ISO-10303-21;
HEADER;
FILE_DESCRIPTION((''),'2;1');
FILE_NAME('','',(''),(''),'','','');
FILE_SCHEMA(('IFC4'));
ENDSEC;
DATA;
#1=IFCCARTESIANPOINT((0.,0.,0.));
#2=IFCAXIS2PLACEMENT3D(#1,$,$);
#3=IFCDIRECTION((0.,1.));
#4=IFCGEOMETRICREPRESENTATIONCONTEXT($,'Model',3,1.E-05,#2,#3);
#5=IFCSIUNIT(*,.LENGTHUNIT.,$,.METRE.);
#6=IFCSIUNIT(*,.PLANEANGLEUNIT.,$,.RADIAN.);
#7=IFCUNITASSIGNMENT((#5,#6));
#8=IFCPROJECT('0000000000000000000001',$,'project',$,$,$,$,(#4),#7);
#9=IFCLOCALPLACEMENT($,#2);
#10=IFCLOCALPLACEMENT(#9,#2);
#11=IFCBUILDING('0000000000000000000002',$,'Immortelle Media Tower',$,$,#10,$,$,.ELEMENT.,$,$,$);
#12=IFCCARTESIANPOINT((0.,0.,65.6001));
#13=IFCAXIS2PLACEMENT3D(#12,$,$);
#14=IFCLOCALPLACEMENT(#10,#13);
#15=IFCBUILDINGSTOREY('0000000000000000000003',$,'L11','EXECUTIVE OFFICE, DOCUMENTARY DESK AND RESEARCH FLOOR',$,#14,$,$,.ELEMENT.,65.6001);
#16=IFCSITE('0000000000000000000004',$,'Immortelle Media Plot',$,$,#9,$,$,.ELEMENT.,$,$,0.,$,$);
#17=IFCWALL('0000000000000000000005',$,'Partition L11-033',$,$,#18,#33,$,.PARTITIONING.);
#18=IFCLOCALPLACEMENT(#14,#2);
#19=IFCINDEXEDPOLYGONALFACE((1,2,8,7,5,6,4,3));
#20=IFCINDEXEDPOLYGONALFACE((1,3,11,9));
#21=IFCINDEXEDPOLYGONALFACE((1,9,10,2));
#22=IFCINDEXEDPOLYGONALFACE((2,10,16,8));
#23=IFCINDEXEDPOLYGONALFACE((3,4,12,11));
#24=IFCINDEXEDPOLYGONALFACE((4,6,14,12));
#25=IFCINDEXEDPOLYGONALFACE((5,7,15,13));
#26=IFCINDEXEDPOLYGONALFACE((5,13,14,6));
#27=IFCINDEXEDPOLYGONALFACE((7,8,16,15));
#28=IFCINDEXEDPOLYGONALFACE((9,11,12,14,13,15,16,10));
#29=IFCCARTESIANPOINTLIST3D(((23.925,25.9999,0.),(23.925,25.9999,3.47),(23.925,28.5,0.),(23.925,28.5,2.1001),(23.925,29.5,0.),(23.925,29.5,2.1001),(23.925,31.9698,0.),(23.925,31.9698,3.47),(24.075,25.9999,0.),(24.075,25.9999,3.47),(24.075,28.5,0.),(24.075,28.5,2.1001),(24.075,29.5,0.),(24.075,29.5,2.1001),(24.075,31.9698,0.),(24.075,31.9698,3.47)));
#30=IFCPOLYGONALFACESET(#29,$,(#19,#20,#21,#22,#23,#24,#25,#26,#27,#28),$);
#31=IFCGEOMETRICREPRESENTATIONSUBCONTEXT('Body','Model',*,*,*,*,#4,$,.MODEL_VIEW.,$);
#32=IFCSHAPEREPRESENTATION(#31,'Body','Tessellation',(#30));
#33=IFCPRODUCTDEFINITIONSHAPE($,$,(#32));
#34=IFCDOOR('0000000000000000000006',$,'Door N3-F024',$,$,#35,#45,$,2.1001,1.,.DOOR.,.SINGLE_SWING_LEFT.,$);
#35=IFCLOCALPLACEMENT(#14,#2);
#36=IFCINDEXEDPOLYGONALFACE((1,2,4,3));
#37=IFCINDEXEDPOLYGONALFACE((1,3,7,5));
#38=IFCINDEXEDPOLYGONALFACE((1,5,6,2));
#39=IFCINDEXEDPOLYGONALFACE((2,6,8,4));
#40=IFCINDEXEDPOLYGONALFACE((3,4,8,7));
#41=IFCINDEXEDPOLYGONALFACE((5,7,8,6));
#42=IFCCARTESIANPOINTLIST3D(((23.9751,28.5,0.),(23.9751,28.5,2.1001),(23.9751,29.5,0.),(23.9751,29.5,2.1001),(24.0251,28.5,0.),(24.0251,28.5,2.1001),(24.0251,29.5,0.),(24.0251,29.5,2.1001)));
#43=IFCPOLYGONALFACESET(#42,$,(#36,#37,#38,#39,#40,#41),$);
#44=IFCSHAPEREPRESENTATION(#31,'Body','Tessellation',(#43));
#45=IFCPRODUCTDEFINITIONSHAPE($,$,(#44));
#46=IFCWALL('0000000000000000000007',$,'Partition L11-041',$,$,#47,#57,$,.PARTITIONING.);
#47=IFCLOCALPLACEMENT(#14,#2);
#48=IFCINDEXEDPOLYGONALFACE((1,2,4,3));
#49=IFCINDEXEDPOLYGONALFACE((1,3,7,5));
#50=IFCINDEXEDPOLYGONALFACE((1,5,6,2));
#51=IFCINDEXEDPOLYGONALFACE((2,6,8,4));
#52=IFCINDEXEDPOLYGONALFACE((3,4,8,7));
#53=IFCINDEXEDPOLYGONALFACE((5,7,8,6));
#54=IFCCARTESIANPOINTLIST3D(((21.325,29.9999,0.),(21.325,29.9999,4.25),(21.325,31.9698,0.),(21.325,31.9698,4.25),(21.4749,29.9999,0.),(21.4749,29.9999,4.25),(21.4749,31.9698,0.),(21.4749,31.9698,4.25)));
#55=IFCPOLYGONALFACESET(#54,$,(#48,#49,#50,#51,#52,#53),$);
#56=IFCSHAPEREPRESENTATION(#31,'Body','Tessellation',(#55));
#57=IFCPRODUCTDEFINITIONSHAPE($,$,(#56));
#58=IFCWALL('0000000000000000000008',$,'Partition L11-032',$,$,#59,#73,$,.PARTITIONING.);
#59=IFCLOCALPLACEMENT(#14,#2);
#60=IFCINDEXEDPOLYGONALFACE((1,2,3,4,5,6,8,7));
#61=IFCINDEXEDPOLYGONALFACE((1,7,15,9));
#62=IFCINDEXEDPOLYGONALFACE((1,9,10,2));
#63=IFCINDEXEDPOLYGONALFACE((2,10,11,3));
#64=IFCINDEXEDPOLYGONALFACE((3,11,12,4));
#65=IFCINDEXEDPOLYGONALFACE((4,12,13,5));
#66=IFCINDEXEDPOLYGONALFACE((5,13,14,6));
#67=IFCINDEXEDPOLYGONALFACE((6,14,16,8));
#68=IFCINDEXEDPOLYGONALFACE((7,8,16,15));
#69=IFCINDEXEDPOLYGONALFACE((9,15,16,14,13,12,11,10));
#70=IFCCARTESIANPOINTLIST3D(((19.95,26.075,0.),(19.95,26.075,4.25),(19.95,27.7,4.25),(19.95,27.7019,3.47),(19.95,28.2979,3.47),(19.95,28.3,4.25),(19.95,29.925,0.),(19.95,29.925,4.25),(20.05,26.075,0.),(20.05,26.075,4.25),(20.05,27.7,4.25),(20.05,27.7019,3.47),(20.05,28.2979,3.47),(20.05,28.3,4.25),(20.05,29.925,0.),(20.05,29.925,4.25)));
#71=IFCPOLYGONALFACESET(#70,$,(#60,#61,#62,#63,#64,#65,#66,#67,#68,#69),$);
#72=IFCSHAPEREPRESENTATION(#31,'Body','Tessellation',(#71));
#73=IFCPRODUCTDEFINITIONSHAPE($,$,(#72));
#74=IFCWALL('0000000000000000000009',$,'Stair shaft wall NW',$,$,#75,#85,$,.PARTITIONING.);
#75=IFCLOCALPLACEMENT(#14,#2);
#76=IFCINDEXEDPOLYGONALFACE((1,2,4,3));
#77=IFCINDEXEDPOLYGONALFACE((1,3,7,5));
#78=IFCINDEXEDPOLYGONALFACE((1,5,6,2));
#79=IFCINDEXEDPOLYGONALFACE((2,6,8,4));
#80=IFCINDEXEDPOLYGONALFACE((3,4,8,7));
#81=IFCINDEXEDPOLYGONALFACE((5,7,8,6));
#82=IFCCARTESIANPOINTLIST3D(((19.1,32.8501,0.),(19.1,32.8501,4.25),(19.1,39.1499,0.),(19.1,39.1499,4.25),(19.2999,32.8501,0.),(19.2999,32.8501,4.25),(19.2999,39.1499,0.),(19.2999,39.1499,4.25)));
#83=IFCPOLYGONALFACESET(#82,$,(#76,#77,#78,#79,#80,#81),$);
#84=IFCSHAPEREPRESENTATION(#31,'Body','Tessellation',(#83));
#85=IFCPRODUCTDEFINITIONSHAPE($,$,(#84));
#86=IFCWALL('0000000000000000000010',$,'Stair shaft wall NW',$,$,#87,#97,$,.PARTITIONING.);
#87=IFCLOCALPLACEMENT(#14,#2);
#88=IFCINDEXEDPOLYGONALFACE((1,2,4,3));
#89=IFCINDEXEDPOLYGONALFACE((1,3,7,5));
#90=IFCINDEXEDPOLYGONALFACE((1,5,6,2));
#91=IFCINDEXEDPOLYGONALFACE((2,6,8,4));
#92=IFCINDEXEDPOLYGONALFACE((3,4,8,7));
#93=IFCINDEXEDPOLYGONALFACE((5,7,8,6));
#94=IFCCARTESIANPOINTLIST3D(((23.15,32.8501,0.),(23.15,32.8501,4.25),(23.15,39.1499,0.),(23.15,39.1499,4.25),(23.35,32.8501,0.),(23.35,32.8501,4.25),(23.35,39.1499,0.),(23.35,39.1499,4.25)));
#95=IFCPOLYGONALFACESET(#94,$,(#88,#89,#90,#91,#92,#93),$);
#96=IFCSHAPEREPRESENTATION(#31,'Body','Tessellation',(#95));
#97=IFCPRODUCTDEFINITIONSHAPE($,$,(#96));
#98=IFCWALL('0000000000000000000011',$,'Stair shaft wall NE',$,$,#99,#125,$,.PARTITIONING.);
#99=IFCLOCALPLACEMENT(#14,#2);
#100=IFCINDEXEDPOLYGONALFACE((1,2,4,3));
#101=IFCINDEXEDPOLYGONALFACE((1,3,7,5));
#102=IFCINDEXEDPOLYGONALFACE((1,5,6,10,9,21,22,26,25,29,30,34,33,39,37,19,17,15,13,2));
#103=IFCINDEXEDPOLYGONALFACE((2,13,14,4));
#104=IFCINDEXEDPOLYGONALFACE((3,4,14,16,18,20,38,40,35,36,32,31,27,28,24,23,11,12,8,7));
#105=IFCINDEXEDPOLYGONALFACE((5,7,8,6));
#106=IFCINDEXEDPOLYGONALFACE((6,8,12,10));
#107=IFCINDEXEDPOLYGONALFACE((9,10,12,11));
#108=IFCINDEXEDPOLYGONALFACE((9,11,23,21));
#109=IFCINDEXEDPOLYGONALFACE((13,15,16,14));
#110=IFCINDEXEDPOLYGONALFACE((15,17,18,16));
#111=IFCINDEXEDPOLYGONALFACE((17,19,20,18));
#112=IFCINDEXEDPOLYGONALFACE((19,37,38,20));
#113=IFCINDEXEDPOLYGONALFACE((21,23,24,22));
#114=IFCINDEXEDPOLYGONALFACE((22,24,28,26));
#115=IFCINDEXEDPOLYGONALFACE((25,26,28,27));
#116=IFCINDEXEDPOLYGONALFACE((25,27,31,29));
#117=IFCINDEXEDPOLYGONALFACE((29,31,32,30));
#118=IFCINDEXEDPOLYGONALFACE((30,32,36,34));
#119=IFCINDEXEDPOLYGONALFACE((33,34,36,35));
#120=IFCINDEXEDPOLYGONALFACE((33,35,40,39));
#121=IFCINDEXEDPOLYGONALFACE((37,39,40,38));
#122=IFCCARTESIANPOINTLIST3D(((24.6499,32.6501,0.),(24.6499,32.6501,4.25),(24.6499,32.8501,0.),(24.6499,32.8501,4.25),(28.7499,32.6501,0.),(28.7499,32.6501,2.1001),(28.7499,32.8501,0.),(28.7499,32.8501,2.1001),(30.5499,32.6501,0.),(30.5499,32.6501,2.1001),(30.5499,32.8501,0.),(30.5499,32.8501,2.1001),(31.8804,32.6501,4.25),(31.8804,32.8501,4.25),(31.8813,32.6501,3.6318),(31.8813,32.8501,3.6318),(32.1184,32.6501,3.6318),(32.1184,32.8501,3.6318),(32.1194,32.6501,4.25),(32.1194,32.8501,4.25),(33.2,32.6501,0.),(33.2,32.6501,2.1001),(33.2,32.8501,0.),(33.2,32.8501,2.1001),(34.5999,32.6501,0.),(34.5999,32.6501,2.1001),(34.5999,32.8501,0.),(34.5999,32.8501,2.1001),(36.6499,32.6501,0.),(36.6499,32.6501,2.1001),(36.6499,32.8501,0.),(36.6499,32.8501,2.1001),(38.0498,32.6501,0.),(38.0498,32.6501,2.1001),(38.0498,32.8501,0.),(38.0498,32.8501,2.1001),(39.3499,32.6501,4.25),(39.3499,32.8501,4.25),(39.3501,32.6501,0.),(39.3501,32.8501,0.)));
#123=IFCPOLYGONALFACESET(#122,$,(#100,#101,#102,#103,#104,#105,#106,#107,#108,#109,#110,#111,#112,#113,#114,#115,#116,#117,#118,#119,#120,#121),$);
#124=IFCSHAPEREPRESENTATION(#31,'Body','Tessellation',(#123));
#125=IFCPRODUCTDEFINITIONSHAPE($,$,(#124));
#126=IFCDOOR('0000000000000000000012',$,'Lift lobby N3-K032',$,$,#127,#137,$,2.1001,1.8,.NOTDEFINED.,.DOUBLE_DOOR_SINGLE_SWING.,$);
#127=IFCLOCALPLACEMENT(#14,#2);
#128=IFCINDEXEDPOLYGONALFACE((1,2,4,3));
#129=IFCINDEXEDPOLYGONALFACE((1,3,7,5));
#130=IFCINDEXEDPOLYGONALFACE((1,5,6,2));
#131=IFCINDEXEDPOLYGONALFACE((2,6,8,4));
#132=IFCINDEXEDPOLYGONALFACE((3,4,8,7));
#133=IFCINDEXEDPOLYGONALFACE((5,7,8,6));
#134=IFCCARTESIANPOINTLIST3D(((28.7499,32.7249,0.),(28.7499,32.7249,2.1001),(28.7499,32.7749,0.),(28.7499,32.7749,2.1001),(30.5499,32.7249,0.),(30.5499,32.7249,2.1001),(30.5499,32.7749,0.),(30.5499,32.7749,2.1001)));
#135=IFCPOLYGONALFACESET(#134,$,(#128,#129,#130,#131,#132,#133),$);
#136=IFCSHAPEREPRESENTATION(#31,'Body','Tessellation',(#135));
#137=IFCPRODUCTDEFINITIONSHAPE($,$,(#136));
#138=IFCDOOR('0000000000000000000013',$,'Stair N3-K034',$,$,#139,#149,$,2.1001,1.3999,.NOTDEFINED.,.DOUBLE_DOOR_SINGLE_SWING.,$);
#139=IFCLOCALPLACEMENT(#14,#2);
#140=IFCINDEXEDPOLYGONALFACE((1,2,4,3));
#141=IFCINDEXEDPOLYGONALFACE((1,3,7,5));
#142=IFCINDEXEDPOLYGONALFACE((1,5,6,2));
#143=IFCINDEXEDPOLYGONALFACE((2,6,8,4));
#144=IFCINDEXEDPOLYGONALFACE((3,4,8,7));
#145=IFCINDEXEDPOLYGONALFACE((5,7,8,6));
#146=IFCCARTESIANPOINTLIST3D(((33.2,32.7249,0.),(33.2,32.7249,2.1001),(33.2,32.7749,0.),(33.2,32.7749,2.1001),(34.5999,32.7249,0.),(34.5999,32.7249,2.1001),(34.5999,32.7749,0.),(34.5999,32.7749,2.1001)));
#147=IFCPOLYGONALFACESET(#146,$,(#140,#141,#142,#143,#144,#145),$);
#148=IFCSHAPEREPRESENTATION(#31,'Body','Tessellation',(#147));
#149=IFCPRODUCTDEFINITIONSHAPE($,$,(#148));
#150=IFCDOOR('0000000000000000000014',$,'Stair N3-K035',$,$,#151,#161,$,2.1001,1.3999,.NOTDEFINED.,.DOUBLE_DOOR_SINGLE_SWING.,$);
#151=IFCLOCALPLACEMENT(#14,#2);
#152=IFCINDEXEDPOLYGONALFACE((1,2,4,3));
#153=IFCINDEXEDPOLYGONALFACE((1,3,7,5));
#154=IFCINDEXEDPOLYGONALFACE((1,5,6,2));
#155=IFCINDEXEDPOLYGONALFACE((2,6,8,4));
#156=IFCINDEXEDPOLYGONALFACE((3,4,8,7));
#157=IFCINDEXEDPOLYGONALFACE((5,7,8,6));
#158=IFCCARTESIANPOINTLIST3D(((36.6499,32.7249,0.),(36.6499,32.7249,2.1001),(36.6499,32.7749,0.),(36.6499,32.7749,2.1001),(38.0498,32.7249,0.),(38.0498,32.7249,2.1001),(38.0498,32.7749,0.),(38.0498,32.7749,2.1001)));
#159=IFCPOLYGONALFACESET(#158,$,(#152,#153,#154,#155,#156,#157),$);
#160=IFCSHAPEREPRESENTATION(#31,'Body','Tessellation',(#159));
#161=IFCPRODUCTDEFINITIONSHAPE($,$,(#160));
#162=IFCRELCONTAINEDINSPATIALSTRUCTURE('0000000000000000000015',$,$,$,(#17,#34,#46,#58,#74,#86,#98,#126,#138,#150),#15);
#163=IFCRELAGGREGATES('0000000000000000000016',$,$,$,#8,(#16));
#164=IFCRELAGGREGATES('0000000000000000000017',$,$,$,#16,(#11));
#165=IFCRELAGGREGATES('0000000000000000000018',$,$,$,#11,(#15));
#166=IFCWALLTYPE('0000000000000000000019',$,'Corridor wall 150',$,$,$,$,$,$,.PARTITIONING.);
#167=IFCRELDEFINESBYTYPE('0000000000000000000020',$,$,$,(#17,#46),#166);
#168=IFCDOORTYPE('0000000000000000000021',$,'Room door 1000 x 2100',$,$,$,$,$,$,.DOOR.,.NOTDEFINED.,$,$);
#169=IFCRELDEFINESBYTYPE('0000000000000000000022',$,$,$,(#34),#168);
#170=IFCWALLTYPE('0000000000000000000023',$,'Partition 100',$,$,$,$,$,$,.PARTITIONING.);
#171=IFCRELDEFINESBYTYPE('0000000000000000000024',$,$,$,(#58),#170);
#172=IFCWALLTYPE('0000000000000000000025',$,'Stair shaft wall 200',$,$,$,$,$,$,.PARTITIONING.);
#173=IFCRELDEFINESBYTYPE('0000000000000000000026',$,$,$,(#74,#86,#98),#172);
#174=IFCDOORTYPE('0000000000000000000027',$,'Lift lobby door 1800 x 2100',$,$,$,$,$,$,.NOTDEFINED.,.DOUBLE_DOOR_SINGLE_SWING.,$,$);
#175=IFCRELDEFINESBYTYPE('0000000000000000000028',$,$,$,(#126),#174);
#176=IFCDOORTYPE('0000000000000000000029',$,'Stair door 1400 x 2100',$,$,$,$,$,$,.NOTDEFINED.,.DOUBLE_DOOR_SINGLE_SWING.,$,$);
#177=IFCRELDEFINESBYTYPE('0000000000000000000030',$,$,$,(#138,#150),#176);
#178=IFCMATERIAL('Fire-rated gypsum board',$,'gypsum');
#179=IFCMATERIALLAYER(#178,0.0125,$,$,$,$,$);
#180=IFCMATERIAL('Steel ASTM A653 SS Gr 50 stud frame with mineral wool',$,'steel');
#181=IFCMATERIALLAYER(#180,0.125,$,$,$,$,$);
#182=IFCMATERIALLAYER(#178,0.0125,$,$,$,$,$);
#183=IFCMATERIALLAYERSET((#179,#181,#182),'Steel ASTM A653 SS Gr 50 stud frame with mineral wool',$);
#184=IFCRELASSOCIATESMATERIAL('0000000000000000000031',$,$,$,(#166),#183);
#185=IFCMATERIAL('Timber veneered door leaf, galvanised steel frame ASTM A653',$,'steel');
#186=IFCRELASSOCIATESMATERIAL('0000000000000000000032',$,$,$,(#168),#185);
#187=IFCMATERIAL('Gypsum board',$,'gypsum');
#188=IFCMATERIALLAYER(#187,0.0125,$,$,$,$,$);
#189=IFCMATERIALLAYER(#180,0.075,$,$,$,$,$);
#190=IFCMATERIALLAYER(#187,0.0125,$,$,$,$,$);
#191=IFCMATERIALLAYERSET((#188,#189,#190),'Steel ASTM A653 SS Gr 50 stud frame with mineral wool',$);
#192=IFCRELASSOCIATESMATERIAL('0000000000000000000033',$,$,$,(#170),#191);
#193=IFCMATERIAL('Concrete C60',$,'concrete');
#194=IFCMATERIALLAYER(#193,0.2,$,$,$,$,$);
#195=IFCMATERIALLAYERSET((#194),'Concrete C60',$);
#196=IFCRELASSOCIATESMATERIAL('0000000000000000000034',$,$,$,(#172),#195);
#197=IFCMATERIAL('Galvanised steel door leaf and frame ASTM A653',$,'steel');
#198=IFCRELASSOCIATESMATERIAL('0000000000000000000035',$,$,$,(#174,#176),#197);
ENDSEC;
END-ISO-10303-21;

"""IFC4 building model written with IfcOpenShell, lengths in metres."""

from ifc_helpers import new_model, si_unit, direction, frame, frame_2d, origin, place, context, subcontext, project, spatial, polyline, rectangle, outline, extrude, material, layer, layer_set, type_object, element, fill, save


model = new_model("IFC4")

# Units and contexts
model_context = context("Model", 3, precision=1e-05, world=origin(), true_north=direction((0.0, 1.0)))
body_context = subcontext(model_context, "Body", "Model", "MODEL_VIEW")
ifc_project = project(units=[si_unit("LENGTHUNIT", "METRE"), si_unit("PLANEANGLEUNIT", "RADIAN")], contexts=[model_context])

# Site, building, storey
site_placement = place(None, origin())
site = spatial("IfcSite", under=ifc_project, at=site_placement, Name="Immortelle Media Plot", CompositionType="ELEMENT", RefElevation=0.0)
building_placement = place(site_placement, origin())
building = spatial("IfcBuilding", under=site, at=building_placement, Name="Immortelle Media Tower", CompositionType="ELEMENT")
storey_placement = place(building_placement, frame((0.0, 0.0, 65.6001)))
storey = spatial("IfcBuildingStorey", under=building, at=storey_placement, Name="L11", Description="EXECUTIVE OFFICE, DOCUMENTARY DESK AND RESEARCH FLOOR", CompositionType="ELEMENT", Elevation=65.6001)

# Shared definitions
ifc_material_1 = material(Name="Fire-rated gypsum board", Category="gypsum")
ifc_material_2 = material(Name="Steel ASTM A653 SS Gr 50 stud frame with mineral wool", Category="steel")

# Wall, opening, door
ifc_layer_1 = layer(ifc_material_1, 0.0125)
ifc_layer_2 = layer(ifc_material_2, 0.125)
ifc_layer_3 = layer(ifc_material_1, 0.0125)
ifc_layer_set_1 = layer_set([ifc_layer_1, ifc_layer_2, ifc_layer_3], Name="Steel ASTM A653 SS Gr 50 stud frame with mineral wool")
wall_type_1 = type_object("IfcWallType", Name="Corridor wall 150", PredefinedType="PARTITIONING", material=ifc_layer_set_1)
wall_1_placement = place(storey_placement, frame((24.0, 26.0, 0.0), z_axis=(0.0, 0.0, 1.0), x_axis=(0.0, 1.0, 0.0)))
wall_1 = element("IfcWall", 1, at=wall_1_placement, inside=storey, type_object=wall_type_1, Name="Partition L11-033", PredefinedType="PARTITIONING", context=body_context, shape_type="SweptSolid", body=[
    extrude(rectangle(XDim=5.97, YDim=0.1499, at=frame_2d((2.9849, 0.0))), origin(), (0.0, 0.0, 1.0), 3.47),
])
opening_1_placement = place(wall_1_placement, frame((2.5, 0.0, 0.0)))
opening_1 = element("IfcOpeningElement", 2, at=opening_1_placement, cuts=wall_1, PredefinedType="OPENING", context=body_context, shape_type="SweptSolid", body=[
    extrude(rectangle(XDim=1.0, YDim=2.1001, at=frame_2d((0.5, 1.05))), frame((0.0, 0.085, 0.0), z_axis=(0.0, -1.0, 0.0), x_axis=(1.0, 0.0, 0.0)), (0.0, 0.0, 1.0), 0.1699),
])
ifc_material_3 = material(Name="Timber veneered door leaf, galvanised steel frame ASTM A653", Category="steel")
door_type_1 = type_object("IfcDoorType", Name="Room door 1000 x 2100", OperationType="NOTDEFINED", PredefinedType="DOOR", material=ifc_material_3)
door_1_placement = place(opening_1_placement, origin())
door_1 = element("IfcDoor", 3, at=door_1_placement, inside=storey, type_object=door_type_1, Name="Door N3-F024", OperationType="SINGLE_SWING_LEFT", OverallHeight=2.1001, OverallWidth=1.0, PredefinedType="DOOR", context=body_context, shape_type="SweptSolid", body=[
    extrude(rectangle(XDim=1.0, YDim=2.1001, at=frame_2d((0.5, 1.05))), frame((0.0, 0.0249, 0.0), z_axis=(0.0, -1.0, 0.0), x_axis=(1.0, 0.0, 0.0)), (0.0, 0.0, 1.0), 0.05),
])
fill(opening_1, door_1)

# Walls
wall_2_placement = place(storey_placement, frame((21.3999, 30.0, 0.0), z_axis=(0.0, 0.0, 1.0), x_axis=(0.0, 1.0, 0.0)))
element("IfcWall", 4, at=wall_2_placement, inside=storey, type_object=wall_type_1, Name="Partition L11-041", PredefinedType="PARTITIONING", context=body_context, shape_type="SweptSolid", body=[
    extrude(rectangle(XDim=1.97, YDim=0.1499, at=frame_2d((0.9849, 0.0))), origin(), (0.0, 0.0, 1.0), 4.25),
])
ifc_material_4 = material(Name="Gypsum board", Category="gypsum")
ifc_layer_4 = layer(ifc_material_4, 0.0125)
ifc_layer_5 = layer(ifc_material_2, 0.075)
ifc_layer_6 = layer(ifc_material_4, 0.0125)
ifc_layer_set_2 = layer_set([ifc_layer_4, ifc_layer_5, ifc_layer_6], Name="Steel ASTM A653 SS Gr 50 stud frame with mineral wool")
wall_type_2 = type_object("IfcWallType", Name="Partition 100", PredefinedType="PARTITIONING", material=ifc_layer_set_2)
wall_3_placement = place(storey_placement, frame((20.0, 26.075, 0.0), z_axis=(0.0, 0.0, 1.0), x_axis=(0.0, 1.0, 0.0)))
element("IfcWall", 5, at=wall_3_placement, inside=storey, type_object=wall_type_2, Name="Partition L11-032", PredefinedType="PARTITIONING", context=body_context, shape_type="SweptSolid", body=[
    extrude(outline(polyline([(0.0, 0.0), (3.8501, 0.0), (3.8501, 4.25), (2.2251, 4.25), (2.2229, 3.47), (1.627, 3.47), (1.625, 4.25), (0.0, 4.25), (0.0, 0.0)])), frame((0.0, 0.05, 0.0), z_axis=(0.0, -1.0, 0.0), x_axis=(1.0, 0.0, 0.0)), (0.0, 0.0, 1.0), 0.1001),
])
ifc_material_5 = material(Name="Concrete C60", Category="concrete")
ifc_layer_7 = layer(ifc_material_5, 0.2)
ifc_layer_set_3 = layer_set([ifc_layer_7], Name="Concrete C60")
wall_type_3 = type_object("IfcWallType", Name="Stair shaft wall 200", PredefinedType="PARTITIONING", material=ifc_layer_set_3)
for number, where, z_axis, x_axis, name in (
    (6, (19.2, 32.8501, 0.0), (0.0, 0.0, 1.0), (0.0, 1.0, 0.0), "Stair shaft wall NW"),
    (7, (23.25, 32.8501, 0.0), (0.0, 0.0, 1.0), (0.0, 1.0, 0.0), "Stair shaft wall NW"),
):
    element("IfcWall", number, at=place(storey_placement, frame(where, z_axis=z_axis, x_axis=x_axis)), inside=storey, type_object=wall_type_3, Name=name, PredefinedType="PARTITIONING", context=body_context, shape_type="SweptSolid", body=[
        extrude(rectangle(XDim=6.2998, YDim=0.2, at=frame_2d((3.1499, 0.0))), origin(), (0.0, 0.0, 1.0), 4.25),
    ])

# Wall, openings, doors
wall_4_placement = place(storey_placement, frame((24.6499, 32.75, 0.0), z_axis=(0.0, 0.0, 1.0), x_axis=(1.0, 0.0, 0.0)))
wall_4 = element("IfcWall", 8, at=wall_4_placement, inside=storey, type_object=wall_type_3, Name="Stair shaft wall NE", PredefinedType="PARTITIONING", context=body_context, shape_type="SweptSolid", body=[
    extrude(outline(polyline([(0.0, 0.0), (14.7002, 0.0), (14.7, 4.25), (7.4695, 4.25), (7.4685, 3.6318), (7.2314, 3.6318), (7.2305, 4.25), (0.0, 4.25), (0.0, 0.0)])), frame((0.0, 0.1001, 0.0), z_axis=(0.0, -1.0, 0.0), x_axis=(1.0, 0.0, 0.0)), (0.0, 0.0, 1.0), 0.2),
])
opening_2_placement = place(wall_4_placement, frame((4.1001, 0.0, 0.0)))
opening_2 = element("IfcOpeningElement", 9, at=opening_2_placement, cuts=wall_4, PredefinedType="OPENING", context=body_context, shape_type="SweptSolid", body=[
    extrude(rectangle(XDim=1.8, YDim=2.1001, at=frame_2d((0.8999, 1.05))), frame((0.0, 0.1099, 0.0), z_axis=(0.0, -1.0, 0.0), x_axis=(1.0, 0.0, 0.0)), (0.0, 0.0, 1.0), 0.22),
])
opening_3_placement = place(wall_4_placement, frame((8.55, 0.0, 0.0)))
opening_3 = element("IfcOpeningElement", 10, at=opening_3_placement, cuts=wall_4, PredefinedType="OPENING", context=body_context, shape_type="SweptSolid", body=[
    extrude(rectangle(XDim=1.3999, YDim=2.1001, at=frame_2d((0.7, 1.05))), frame((0.0, 0.1099, 0.0), z_axis=(0.0, -1.0, 0.0), x_axis=(1.0, 0.0, 0.0)), (0.0, 0.0, 1.0), 0.22),
])
opening_4_placement = place(wall_4_placement, frame((12.0, 0.0, 0.0)))
opening_4 = element("IfcOpeningElement", 11, at=opening_4_placement, cuts=wall_4, PredefinedType="OPENING", context=body_context, shape_type="SweptSolid", body=[
    extrude(rectangle(XDim=1.3999, YDim=2.1001, at=frame_2d((0.7, 1.05))), frame((0.0, 0.1099, 0.0), z_axis=(0.0, -1.0, 0.0), x_axis=(1.0, 0.0, 0.0)), (0.0, 0.0, 1.0), 0.22),
])
ifc_material_6 = material(Name="Galvanised steel door leaf and frame ASTM A653", Category="steel")
door_type_2 = type_object("IfcDoorType", Name="Lift lobby door 1800 x 2100", OperationType="DOUBLE_DOOR_SINGLE_SWING", PredefinedType="NOTDEFINED", material=ifc_material_6)
door_2_placement = place(opening_2_placement, origin())
door_2 = element("IfcDoor", 12, at=door_2_placement, inside=storey, type_object=door_type_2, Name="Lift lobby N3-K032", OperationType="DOUBLE_DOOR_SINGLE_SWING", OverallHeight=2.1001, OverallWidth=1.8, PredefinedType="NOTDEFINED", context=body_context, shape_type="SweptSolid", body=[
    extrude(rectangle(XDim=1.8, YDim=2.1001, at=frame_2d((0.8999, 1.05))), frame((0.0, 0.0249, 0.0), z_axis=(0.0, -1.0, 0.0), x_axis=(1.0, 0.0, 0.0)), (0.0, 0.0, 1.0), 0.05),
])
fill(opening_2, door_2)
door_type_3 = type_object("IfcDoorType", Name="Stair door 1400 x 2100", OperationType="DOUBLE_DOOR_SINGLE_SWING", PredefinedType="NOTDEFINED", material=ifc_material_6)
door_3_placement = place(opening_3_placement, origin())
door_3 = element("IfcDoor", 13, at=door_3_placement, inside=storey, type_object=door_type_3, Name="Stair N3-K034", OperationType="DOUBLE_DOOR_SINGLE_SWING", OverallHeight=2.1001, OverallWidth=1.3999, PredefinedType="NOTDEFINED", context=body_context, shape_type="SweptSolid", body=[
    extrude(rectangle(XDim=1.3999, YDim=2.1001, at=frame_2d((0.7, 1.05))), frame((0.0, 0.0249, 0.0), z_axis=(0.0, -1.0, 0.0), x_axis=(1.0, 0.0, 0.0)), (0.0, 0.0, 1.0), 0.05),
])
fill(opening_3, door_3)
door_4_placement = place(opening_4_placement, origin())
door_4 = element("IfcDoor", 14, at=door_4_placement, inside=storey, type_object=door_type_3, Name="Stair N3-K035", OperationType="DOUBLE_DOOR_SINGLE_SWING", OverallHeight=2.1001, OverallWidth=1.3999, PredefinedType="NOTDEFINED", context=body_context, shape_type="SweptSolid", body=[
    extrude(rectangle(XDim=1.3999, YDim=2.1001, at=frame_2d((0.7, 1.05))), frame((0.0, 0.0249, 0.0), z_axis=(0.0, -1.0, 0.0), x_axis=(1.0, 0.0, 0.0)), (0.0, 0.0, 1.0), 0.05),
])
fill(opening_4, door_4)

save(model, "model.ifc")
